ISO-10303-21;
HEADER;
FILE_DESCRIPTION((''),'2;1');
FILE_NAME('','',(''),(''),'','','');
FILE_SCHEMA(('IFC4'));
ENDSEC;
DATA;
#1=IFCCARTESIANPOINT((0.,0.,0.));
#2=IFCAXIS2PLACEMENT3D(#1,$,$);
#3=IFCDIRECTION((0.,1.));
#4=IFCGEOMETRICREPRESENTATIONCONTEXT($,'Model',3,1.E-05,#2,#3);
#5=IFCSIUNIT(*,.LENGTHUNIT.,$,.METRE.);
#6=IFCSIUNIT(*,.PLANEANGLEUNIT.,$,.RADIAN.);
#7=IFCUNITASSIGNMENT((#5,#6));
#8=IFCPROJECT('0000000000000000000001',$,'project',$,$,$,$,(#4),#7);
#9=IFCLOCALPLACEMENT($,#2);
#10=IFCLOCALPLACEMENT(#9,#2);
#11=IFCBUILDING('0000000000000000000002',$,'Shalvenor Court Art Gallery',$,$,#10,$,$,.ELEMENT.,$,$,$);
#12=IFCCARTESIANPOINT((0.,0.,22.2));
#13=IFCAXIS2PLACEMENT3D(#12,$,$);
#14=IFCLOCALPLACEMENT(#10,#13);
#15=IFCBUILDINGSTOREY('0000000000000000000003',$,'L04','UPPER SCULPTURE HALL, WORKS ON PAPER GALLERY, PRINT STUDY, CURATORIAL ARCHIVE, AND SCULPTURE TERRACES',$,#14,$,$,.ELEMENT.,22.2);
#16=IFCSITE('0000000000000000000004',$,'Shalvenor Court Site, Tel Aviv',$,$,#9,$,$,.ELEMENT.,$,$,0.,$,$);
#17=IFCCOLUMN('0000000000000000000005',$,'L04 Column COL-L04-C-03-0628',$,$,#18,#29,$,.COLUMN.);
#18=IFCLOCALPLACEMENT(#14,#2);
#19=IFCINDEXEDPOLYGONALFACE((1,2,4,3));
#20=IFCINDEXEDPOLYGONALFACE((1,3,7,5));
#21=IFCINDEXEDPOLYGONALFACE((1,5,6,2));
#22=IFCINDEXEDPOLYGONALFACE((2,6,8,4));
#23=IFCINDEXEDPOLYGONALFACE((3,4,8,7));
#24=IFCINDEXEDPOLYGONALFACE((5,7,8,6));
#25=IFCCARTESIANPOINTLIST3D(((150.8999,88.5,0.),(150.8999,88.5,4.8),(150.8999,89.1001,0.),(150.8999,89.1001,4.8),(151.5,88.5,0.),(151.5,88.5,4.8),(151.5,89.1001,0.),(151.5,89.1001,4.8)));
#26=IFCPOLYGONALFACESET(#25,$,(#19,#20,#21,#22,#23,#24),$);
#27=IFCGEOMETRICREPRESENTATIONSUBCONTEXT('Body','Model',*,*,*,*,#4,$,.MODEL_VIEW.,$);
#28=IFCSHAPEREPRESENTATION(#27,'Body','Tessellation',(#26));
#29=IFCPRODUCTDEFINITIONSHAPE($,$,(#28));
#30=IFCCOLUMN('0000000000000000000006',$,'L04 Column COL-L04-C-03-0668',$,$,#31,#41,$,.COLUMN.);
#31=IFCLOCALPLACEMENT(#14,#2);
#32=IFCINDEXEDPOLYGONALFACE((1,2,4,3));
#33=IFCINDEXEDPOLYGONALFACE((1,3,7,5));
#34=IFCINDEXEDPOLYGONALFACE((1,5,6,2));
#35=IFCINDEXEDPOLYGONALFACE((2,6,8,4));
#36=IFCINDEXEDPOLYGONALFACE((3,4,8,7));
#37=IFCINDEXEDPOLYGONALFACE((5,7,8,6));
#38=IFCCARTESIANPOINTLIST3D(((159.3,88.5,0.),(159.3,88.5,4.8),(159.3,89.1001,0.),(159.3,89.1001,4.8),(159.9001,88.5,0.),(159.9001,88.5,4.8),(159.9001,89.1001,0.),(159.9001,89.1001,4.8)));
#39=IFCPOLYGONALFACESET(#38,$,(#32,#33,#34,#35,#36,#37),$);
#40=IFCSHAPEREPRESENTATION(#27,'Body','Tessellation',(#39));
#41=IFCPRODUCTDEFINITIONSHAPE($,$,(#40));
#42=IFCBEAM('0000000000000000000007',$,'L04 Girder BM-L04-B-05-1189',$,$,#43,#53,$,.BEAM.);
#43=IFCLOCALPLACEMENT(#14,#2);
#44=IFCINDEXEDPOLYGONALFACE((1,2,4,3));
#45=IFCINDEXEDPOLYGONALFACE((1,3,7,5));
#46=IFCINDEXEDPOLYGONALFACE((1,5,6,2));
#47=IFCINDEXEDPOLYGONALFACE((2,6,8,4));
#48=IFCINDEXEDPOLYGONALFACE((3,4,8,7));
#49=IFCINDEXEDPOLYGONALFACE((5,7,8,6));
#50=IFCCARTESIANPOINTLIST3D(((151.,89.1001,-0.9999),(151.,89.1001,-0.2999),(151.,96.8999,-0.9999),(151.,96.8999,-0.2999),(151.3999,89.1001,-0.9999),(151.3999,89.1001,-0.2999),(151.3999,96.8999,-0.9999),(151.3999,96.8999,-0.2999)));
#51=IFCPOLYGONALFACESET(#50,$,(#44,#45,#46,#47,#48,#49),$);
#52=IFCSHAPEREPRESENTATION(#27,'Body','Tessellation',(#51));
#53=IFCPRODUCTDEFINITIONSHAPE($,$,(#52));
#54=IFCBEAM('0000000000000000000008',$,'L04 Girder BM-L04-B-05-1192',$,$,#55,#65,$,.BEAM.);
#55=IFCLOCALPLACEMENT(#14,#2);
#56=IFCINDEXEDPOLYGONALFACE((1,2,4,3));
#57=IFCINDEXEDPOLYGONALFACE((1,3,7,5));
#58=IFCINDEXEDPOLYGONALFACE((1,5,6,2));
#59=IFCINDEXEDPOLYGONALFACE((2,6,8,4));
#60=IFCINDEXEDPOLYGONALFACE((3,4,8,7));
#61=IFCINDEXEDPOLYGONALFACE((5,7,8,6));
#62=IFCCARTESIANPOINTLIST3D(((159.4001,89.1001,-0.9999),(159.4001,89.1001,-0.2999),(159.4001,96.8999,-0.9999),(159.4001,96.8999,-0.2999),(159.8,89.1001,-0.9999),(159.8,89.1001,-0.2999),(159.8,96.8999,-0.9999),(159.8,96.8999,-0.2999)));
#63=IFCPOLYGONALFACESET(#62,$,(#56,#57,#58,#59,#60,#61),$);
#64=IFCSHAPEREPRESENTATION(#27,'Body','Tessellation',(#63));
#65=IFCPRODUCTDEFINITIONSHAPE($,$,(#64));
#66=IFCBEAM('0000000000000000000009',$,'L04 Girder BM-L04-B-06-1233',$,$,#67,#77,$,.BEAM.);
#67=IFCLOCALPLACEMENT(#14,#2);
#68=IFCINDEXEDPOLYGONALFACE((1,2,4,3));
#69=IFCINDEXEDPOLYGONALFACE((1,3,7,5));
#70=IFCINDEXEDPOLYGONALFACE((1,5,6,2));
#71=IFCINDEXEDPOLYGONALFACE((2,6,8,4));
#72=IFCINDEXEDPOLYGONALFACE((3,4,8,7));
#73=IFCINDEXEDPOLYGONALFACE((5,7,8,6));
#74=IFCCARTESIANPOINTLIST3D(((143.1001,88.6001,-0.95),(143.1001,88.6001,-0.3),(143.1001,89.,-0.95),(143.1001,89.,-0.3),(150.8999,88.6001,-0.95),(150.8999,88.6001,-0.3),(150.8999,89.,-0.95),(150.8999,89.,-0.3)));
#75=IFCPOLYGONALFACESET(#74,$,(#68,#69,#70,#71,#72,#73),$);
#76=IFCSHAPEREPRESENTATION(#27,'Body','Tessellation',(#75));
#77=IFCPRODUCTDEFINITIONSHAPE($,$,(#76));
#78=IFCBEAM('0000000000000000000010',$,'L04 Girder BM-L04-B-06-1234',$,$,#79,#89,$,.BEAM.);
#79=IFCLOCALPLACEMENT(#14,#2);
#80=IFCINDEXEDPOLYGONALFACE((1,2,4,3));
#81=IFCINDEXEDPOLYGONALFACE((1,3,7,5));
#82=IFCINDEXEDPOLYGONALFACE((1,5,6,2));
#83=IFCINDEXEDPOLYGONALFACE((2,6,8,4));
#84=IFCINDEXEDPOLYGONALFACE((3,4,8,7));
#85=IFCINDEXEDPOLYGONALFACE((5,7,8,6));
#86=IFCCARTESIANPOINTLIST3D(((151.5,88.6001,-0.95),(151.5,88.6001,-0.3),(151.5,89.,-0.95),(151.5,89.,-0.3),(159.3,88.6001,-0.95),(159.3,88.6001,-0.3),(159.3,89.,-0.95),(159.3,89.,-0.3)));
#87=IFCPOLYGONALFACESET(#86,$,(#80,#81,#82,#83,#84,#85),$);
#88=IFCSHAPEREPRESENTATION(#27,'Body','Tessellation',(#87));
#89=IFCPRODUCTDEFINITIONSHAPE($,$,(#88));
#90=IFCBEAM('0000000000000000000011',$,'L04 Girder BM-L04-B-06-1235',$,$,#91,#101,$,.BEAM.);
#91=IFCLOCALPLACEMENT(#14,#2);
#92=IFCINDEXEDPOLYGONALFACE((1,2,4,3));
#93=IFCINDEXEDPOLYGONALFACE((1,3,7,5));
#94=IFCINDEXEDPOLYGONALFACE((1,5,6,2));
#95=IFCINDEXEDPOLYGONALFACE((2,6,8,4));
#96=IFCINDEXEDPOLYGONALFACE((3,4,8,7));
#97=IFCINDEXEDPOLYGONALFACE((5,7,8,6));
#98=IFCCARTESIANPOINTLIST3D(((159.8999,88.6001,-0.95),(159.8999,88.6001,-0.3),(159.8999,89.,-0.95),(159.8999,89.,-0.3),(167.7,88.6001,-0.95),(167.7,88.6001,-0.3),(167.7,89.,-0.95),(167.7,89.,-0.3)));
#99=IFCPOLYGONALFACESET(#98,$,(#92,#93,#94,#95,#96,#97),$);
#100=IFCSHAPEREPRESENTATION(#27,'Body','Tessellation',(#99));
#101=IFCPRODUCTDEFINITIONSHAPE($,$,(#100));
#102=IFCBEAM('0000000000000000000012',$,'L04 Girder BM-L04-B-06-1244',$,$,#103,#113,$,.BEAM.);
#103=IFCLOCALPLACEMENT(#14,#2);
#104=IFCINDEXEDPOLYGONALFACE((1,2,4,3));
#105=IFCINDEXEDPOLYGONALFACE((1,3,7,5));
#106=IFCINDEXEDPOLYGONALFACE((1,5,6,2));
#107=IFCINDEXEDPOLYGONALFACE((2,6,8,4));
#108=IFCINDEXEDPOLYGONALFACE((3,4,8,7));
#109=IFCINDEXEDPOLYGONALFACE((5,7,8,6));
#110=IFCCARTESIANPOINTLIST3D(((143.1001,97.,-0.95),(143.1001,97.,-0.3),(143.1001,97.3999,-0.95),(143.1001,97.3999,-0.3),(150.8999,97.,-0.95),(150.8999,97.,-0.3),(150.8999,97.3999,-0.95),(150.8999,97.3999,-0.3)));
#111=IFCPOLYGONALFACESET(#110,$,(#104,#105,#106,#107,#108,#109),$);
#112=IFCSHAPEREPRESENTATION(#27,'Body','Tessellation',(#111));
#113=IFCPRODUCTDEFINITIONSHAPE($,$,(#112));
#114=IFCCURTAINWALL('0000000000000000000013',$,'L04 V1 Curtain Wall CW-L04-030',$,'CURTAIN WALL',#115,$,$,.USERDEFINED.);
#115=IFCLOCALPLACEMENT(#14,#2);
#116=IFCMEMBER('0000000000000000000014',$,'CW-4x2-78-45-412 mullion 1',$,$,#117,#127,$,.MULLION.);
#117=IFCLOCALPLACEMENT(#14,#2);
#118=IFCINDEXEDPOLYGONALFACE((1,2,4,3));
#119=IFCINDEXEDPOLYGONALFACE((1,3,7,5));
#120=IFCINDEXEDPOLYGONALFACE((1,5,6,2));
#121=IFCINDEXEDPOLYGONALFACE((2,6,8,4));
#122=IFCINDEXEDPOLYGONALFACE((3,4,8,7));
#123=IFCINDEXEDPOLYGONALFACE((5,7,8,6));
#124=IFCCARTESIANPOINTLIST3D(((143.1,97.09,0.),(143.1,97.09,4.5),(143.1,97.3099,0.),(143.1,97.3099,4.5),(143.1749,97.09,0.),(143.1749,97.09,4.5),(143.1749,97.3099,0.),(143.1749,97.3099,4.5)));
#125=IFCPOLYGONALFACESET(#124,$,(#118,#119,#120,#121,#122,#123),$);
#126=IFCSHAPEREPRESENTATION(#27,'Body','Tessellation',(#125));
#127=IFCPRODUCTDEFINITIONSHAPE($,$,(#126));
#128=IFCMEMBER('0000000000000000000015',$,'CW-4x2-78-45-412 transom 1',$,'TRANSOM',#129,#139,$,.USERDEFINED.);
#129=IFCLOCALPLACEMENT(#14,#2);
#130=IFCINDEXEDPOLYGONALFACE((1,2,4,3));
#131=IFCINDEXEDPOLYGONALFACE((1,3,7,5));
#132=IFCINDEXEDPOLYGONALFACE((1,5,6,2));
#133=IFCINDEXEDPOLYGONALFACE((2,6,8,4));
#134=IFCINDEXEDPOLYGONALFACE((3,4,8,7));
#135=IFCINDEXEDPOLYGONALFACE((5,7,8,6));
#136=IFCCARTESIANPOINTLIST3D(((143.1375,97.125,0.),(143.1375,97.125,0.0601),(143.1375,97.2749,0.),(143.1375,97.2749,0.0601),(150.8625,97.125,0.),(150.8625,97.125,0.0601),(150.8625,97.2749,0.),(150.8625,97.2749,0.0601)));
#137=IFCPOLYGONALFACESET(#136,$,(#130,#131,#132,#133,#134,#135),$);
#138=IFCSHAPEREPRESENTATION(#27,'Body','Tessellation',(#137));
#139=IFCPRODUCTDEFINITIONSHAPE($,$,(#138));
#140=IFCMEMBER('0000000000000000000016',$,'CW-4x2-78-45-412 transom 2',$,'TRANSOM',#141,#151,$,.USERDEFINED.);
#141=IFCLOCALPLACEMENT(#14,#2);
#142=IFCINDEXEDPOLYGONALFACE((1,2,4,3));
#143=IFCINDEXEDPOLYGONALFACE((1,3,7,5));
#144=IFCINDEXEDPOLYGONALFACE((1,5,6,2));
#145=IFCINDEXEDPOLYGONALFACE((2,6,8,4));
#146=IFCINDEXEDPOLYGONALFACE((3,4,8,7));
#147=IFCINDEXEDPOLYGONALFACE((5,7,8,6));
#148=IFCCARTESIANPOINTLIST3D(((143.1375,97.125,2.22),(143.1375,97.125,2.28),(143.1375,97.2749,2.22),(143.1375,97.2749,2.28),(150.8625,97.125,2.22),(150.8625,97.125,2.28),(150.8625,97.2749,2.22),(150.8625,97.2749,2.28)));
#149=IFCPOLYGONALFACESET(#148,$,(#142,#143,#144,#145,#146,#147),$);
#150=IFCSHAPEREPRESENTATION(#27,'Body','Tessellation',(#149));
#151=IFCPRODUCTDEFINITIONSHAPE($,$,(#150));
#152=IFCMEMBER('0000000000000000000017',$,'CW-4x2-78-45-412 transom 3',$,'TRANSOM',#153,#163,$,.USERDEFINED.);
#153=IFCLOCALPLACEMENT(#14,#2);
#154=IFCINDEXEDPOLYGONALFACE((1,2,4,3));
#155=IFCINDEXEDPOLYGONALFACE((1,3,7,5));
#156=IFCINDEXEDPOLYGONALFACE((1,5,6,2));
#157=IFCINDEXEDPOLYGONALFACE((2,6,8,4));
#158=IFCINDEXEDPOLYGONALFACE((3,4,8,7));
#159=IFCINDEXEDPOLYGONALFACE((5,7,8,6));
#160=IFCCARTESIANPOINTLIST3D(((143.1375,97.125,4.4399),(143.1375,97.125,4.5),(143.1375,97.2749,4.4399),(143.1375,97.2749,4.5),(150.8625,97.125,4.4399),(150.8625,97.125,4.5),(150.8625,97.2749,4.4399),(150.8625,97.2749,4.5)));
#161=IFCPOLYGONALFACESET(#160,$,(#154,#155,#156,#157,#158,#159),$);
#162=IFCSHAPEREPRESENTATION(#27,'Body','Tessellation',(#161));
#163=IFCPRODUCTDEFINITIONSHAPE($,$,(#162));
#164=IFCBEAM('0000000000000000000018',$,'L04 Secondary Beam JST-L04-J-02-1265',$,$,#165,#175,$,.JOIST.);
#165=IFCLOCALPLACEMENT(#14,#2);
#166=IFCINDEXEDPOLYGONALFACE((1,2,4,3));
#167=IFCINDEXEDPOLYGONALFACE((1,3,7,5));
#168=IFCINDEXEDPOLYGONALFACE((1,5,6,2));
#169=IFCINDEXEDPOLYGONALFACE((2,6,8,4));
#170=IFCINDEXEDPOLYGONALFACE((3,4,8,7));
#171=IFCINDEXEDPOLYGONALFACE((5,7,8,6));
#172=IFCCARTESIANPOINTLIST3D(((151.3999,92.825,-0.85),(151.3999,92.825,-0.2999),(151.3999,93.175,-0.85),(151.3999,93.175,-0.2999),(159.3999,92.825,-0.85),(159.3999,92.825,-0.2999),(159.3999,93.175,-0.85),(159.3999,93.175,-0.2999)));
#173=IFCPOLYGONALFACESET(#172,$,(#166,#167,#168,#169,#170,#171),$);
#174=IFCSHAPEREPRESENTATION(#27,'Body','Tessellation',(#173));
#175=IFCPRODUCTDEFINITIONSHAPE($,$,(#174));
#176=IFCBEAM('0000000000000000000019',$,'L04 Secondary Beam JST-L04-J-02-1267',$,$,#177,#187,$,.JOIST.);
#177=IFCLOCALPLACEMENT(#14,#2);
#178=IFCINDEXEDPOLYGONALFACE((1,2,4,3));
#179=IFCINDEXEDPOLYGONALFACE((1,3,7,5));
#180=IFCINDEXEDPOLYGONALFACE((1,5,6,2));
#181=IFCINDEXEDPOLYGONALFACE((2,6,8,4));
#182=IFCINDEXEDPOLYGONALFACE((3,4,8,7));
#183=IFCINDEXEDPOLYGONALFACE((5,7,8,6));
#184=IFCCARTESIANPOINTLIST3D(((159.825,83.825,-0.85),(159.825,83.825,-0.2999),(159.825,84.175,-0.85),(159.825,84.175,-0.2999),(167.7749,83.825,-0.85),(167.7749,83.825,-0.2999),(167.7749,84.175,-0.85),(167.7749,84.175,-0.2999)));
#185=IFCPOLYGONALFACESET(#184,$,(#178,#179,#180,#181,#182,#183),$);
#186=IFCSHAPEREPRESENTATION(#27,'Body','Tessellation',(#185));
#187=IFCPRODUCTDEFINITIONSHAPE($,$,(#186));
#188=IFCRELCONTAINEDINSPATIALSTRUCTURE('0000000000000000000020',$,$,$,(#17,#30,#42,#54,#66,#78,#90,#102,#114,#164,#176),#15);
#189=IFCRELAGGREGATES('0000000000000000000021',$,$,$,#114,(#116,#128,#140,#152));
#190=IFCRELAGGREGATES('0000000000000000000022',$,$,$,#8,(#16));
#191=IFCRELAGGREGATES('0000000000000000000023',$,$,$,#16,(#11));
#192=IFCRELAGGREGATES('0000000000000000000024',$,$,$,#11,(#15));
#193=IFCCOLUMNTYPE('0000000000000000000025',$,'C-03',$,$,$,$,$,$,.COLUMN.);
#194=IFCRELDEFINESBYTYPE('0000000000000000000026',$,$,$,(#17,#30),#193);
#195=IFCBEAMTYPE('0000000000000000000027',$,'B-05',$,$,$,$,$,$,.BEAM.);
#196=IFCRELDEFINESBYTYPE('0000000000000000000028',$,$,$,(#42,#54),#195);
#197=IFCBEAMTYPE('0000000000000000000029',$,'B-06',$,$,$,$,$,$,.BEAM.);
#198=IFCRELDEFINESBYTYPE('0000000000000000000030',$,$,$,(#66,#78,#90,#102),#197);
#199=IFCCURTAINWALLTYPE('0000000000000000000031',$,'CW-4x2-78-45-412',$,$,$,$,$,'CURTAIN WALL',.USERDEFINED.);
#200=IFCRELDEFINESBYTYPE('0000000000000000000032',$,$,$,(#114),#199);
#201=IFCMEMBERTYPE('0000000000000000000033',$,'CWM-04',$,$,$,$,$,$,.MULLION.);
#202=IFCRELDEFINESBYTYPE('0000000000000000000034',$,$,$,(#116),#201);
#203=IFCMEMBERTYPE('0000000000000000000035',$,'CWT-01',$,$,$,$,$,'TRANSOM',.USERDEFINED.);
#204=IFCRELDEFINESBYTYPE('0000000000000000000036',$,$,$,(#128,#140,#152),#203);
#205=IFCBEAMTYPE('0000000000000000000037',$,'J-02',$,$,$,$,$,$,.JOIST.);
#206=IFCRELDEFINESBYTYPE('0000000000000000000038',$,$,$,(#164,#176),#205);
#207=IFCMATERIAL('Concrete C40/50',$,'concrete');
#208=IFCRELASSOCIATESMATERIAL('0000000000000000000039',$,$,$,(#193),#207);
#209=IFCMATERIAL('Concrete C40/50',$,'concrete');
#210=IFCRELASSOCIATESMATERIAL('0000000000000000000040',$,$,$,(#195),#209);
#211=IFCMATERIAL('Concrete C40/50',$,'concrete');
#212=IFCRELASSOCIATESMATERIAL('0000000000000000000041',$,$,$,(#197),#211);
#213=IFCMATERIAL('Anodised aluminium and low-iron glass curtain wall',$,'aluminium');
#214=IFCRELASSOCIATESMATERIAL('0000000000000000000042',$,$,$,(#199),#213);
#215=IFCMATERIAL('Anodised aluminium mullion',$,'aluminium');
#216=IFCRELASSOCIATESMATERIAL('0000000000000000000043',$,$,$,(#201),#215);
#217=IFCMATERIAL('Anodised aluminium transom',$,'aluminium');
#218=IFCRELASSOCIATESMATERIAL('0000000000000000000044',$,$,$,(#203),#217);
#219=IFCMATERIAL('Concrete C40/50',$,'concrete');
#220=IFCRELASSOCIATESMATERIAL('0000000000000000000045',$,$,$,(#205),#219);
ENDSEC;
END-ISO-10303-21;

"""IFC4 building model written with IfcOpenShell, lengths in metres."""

from ifc_helpers import new_model, si_unit, direction, frame, origin, origin_2d, place, context, subcontext, project, spatial, rectangle, extrude, material, material_profile, profile_set, type_object, element, aggregate, save


model = new_model("IFC4")

# Units and contexts
model_context = context("Model", 3, precision=1e-05, world=origin(), true_north=direction((0.0, 1.0)))
body_context = subcontext(model_context, "Body", "Model", "MODEL_VIEW")
ifc_project = project(units=[si_unit("LENGTHUNIT", "METRE"), si_unit("PLANEANGLEUNIT", "RADIAN")], contexts=[model_context])

# Site, building, storey
site_placement = place(None, origin())
site = spatial("IfcSite", under=ifc_project, at=site_placement, Name="Shalvenor Court Site, Tel Aviv", CompositionType="ELEMENT", RefElevation=0.0)
building_placement = place(site_placement, origin())
building = spatial("IfcBuilding", under=site, at=building_placement, Name="Shalvenor Court Art Gallery", CompositionType="ELEMENT")
storey_placement = place(building_placement, frame((0.0, 0.0, 22.2)))
storey = spatial("IfcBuildingStorey", under=building, at=storey_placement, Name="L04", Description="UPPER SCULPTURE HALL, WORKS ON PAPER GALLERY, PRINT STUDY, CURATORIAL ARCHIVE, AND SCULPTURE TERRACES", CompositionType="ELEMENT", Elevation=22.2)

# Columns
ifc_material_1 = material(Name="Concrete C40/50", Category="concrete")
ifc_material_profile_1 = material_profile(ifc_material_1, rectangle(XDim=0.6001, YDim=0.6001, at=origin_2d()), Name="RC 600x600")
ifc_profile_set_1 = profile_set([ifc_material_profile_1], Name="Concrete C40/50")
column_type = type_object("IfcColumnType", Name="C-03", PredefinedType="COLUMN", material=ifc_profile_set_1)
for number, where, z_axis, x_axis, name in (
    (1, (151.2, 88.8, 0.0), (0.0, 0.0, 1.0), (1.0, 0.0, 0.0), "L04 Column COL-L04-C-03-0628"),
    (2, (159.6001, 88.8, 0.0), (0.0, 0.0, 1.0), (1.0, 0.0, 0.0), "L04 Column COL-L04-C-03-0668"),
):
    element("IfcColumn", number, at=place(storey_placement, frame(where, z_axis=z_axis, x_axis=x_axis)), inside=storey, type_object=column_type, Name=name, PredefinedType="COLUMN", context=body_context, shape_type="SweptSolid", body=[
        extrude(rectangle(XDim=0.6001, YDim=0.6001, at=origin_2d()), origin(), (0.0, 0.0, 1.0), 4.8),
    ])

# Beams
ifc_material_2 = material(Name="Concrete C40/50", Category="concrete")
ifc_material_profile_2 = material_profile(ifc_material_2, rectangle(XDim=0.3999, YDim=0.7, at=origin_2d()), Name="RC 400x700")
ifc_profile_set_2 = profile_set([ifc_material_profile_2], Name="Concrete C40/50")
beam_type_1 = type_object("IfcBeamType", Name="B-05", PredefinedType="BEAM", material=ifc_profile_set_2)
for number, where, z_axis, x_axis, name in (
    (3, (151.2, 89.1001, -0.6499), (0.0, 1.0, 0.0), (-1.0, 0.0, 0.0), "L04 Girder BM-L04-B-05-1189"),
    (4, (159.6001, 89.1001, -0.6499), (0.0, 1.0, 0.0), (-1.0, 0.0, 0.0), "L04 Girder BM-L04-B-05-1192"),
):
    element("IfcBeam", number, at=place(storey_placement, frame(where, z_axis=z_axis, x_axis=x_axis)), inside=storey, type_object=beam_type_1, Name=name, PredefinedType="BEAM", context=body_context, shape_type="SweptSolid", body=[
        extrude(rectangle(XDim=0.3999, YDim=0.7, at=origin_2d()), origin(), (0.0, 0.0, 1.0), 7.7998),
    ])
ifc_material_3 = material(Name="Concrete C40/50", Category="concrete")
ifc_material_profile_3 = material_profile(ifc_material_3, rectangle(XDim=0.3999, YDim=0.6499, at=origin_2d()), Name="RC 400x650")
ifc_profile_set_3 = profile_set([ifc_material_profile_3], Name="Concrete C40/50")
beam_type_2 = type_object("IfcBeamType", Name="B-06", PredefinedType="BEAM", material=ifc_profile_set_3)
beam_1_placement = place(storey_placement, frame((143.1001, 88.8, -0.625), z_axis=(1.0, 0.0, 0.0), x_axis=(0.0, 1.0, 0.0)))
element("IfcBeam", 5, at=beam_1_placement, inside=storey, type_object=beam_type_2, Name="L04 Girder BM-L04-B-06-1233", PredefinedType="BEAM", context=body_context, shape_type="SweptSolid", body=[
    extrude(rectangle(XDim=0.3999, YDim=0.6499, at=origin_2d()), origin(), (0.0, 0.0, 1.0), 7.7998),
])
for number, where, z_axis, x_axis, name in (
    (6, (151.5, 88.8, -0.625), (1.0, 0.0, 0.0), (0.0, 1.0, 0.0), "L04 Girder BM-L04-B-06-1234"),
    (7, (159.8999, 88.8, -0.625), (1.0, 0.0, 0.0), (0.0, 1.0, 0.0), "L04 Girder BM-L04-B-06-1235"),
):
    element("IfcBeam", number, at=place(storey_placement, frame(where, z_axis=z_axis, x_axis=x_axis)), inside=storey, type_object=beam_type_2, Name=name, PredefinedType="BEAM", context=body_context, shape_type="SweptSolid", body=[
        extrude(rectangle(XDim=0.3999, YDim=0.6499, at=origin_2d()), origin(), (0.0, 0.0, 1.0), 7.8),
    ])
beam_2_placement = place(storey_placement, frame((143.1001, 97.2, -0.625), z_axis=(1.0, 0.0, 0.0), x_axis=(0.0, 1.0, 0.0)))
element("IfcBeam", 8, at=beam_2_placement, inside=storey, type_object=beam_type_2, Name="L04 Girder BM-L04-B-06-1244", PredefinedType="BEAM", context=body_context, shape_type="SweptSolid", body=[
    extrude(rectangle(XDim=0.3999, YDim=0.6499, at=origin_2d()), origin(), (0.0, 0.0, 1.0), 7.7998),
])

# Curtain wall, members
ifc_material_4 = material(Name="Anodised aluminium and low-iron glass curtain wall", Category="aluminium")
curtain_wall_type = type_object("IfcCurtainWallType", Name="CW-4x2-78-45-412", ElementType="CURTAIN WALL", PredefinedType="USERDEFINED", material=ifc_material_4)
curtain_wall_placement = place(storey_placement, origin())
curtain_wall = element("IfcCurtainWall", 9, at=curtain_wall_placement, inside=storey, type_object=curtain_wall_type, Name="L04 V1 Curtain Wall CW-L04-030", ObjectType="CURTAIN WALL", PredefinedType="USERDEFINED")
ifc_material_5 = material(Name="Anodised aluminium mullion", Category="aluminium")
ifc_material_profile_4 = material_profile(ifc_material_5, rectangle(XDim=0.075, YDim=0.22, at=origin_2d()), Name="CWM-04")
ifc_profile_set_4 = profile_set([ifc_material_profile_4], Name="Anodised aluminium mullion")
member_type_1 = type_object("IfcMemberType", Name="CWM-04", PredefinedType="MULLION", material=ifc_profile_set_4)
member_1_placement = place(storey_placement, frame((143.1375, 97.2, 0.0), z_axis=(0.0, 0.0, 1.0), x_axis=(1.0, 0.0, 0.0)))
member_1 = element("IfcMember", 10, at=member_1_placement, type_object=member_type_1, Name="CW-4x2-78-45-412 mullion 1", PredefinedType="MULLION", context=body_context, shape_type="SweptSolid", body=[
    extrude(rectangle(XDim=0.075, YDim=0.22, at=origin_2d()), origin(), (0.0, 0.0, 1.0), 4.5),
])
ifc_material_6 = material(Name="Anodised aluminium transom", Category="aluminium")
ifc_material_profile_5 = material_profile(ifc_material_6, rectangle(XDim=0.1499, YDim=0.0601, at=origin_2d()), Name="CWT-01")
ifc_profile_set_5 = profile_set([ifc_material_profile_5], Name="Anodised aluminium transom")
member_type_2 = type_object("IfcMemberType", Name="CWT-01", ElementType="TRANSOM", PredefinedType="USERDEFINED", material=ifc_profile_set_5)
member_2_placement = place(storey_placement, frame((143.1375, 97.2, 0.03), z_axis=(1.0, 0.0, 0.0), x_axis=(0.0, 1.0, 0.0)))
member_2 = element("IfcMember", 11, at=member_2_placement, type_object=member_type_2, Name="CW-4x2-78-45-412 transom 1", ObjectType="TRANSOM", PredefinedType="USERDEFINED", context=body_context, shape_type="SweptSolid", body=[
    extrude(rectangle(XDim=0.1499, YDim=0.0601, at=origin_2d()), origin(), (0.0, 0.0, 1.0), 7.7251),
])
member_3_placement = place(storey_placement, frame((143.1375, 97.2, 2.25), z_axis=(1.0, 0.0, 0.0), x_axis=(0.0, 1.0, 0.0)))
member_3 = element("IfcMember", 12, at=member_3_placement, type_object=member_type_2, Name="CW-4x2-78-45-412 transom 2", ObjectType="TRANSOM", PredefinedType="USERDEFINED", context=body_context, shape_type="SweptSolid", body=[
    extrude(rectangle(XDim=0.1499, YDim=0.0601, at=origin_2d()), origin(), (0.0, 0.0, 1.0), 7.7251),
])
member_4_placement = place(storey_placement, frame((143.1375, 97.2, 4.47), z_axis=(1.0, 0.0, 0.0), x_axis=(0.0, 1.0, 0.0)))
member_4 = element("IfcMember", 13, at=member_4_placement, type_object=member_type_2, Name="CW-4x2-78-45-412 transom 3", ObjectType="TRANSOM", PredefinedType="USERDEFINED", context=body_context, shape_type="SweptSolid", body=[
    extrude(rectangle(XDim=0.1499, YDim=0.0601, at=origin_2d()), origin(), (0.0, 0.0, 1.0), 7.7251),
])

# Beams
ifc_material_7 = material(Name="Concrete C40/50", Category="concrete")
ifc_material_profile_6 = material_profile(ifc_material_7, rectangle(XDim=0.3501, YDim=0.55, at=origin_2d()), Name="RC 350x550")
ifc_profile_set_6 = profile_set([ifc_material_profile_6], Name="Concrete C40/50")
beam_type_3 = type_object("IfcBeamType", Name="J-02", PredefinedType="JOIST", material=ifc_profile_set_6)
beam_3_placement = place(storey_placement, frame((151.3999, 93.0, -0.575), z_axis=(1.0, 0.0, 0.0), x_axis=(0.0, 1.0, 0.0)))
element("IfcBeam", 14, at=beam_3_placement, inside=storey, type_object=beam_type_3, Name="L04 Secondary Beam JST-L04-J-02-1265", PredefinedType="JOIST", context=body_context, shape_type="SweptSolid", body=[
    extrude(rectangle(XDim=0.3501, YDim=0.55, at=origin_2d()), origin(), (0.0, 0.0, 1.0), 8.0),
])
beam_4_placement = place(storey_placement, frame((159.825, 84.0, -0.575), z_axis=(1.0, 0.0, 0.0), x_axis=(0.0, 1.0, 0.0)))
element("IfcBeam", 15, at=beam_4_placement, inside=storey, type_object=beam_type_3, Name="L04 Secondary Beam JST-L04-J-02-1267", PredefinedType="JOIST", context=body_context, shape_type="SweptSolid", body=[
    extrude(rectangle(XDim=0.3501, YDim=0.55, at=origin_2d()), origin(), (0.0, 0.0, 1.0), 7.95),
])

aggregate(curtain_wall, [member_1, member_2, member_3, member_4])

save(model, "model.ifc")
